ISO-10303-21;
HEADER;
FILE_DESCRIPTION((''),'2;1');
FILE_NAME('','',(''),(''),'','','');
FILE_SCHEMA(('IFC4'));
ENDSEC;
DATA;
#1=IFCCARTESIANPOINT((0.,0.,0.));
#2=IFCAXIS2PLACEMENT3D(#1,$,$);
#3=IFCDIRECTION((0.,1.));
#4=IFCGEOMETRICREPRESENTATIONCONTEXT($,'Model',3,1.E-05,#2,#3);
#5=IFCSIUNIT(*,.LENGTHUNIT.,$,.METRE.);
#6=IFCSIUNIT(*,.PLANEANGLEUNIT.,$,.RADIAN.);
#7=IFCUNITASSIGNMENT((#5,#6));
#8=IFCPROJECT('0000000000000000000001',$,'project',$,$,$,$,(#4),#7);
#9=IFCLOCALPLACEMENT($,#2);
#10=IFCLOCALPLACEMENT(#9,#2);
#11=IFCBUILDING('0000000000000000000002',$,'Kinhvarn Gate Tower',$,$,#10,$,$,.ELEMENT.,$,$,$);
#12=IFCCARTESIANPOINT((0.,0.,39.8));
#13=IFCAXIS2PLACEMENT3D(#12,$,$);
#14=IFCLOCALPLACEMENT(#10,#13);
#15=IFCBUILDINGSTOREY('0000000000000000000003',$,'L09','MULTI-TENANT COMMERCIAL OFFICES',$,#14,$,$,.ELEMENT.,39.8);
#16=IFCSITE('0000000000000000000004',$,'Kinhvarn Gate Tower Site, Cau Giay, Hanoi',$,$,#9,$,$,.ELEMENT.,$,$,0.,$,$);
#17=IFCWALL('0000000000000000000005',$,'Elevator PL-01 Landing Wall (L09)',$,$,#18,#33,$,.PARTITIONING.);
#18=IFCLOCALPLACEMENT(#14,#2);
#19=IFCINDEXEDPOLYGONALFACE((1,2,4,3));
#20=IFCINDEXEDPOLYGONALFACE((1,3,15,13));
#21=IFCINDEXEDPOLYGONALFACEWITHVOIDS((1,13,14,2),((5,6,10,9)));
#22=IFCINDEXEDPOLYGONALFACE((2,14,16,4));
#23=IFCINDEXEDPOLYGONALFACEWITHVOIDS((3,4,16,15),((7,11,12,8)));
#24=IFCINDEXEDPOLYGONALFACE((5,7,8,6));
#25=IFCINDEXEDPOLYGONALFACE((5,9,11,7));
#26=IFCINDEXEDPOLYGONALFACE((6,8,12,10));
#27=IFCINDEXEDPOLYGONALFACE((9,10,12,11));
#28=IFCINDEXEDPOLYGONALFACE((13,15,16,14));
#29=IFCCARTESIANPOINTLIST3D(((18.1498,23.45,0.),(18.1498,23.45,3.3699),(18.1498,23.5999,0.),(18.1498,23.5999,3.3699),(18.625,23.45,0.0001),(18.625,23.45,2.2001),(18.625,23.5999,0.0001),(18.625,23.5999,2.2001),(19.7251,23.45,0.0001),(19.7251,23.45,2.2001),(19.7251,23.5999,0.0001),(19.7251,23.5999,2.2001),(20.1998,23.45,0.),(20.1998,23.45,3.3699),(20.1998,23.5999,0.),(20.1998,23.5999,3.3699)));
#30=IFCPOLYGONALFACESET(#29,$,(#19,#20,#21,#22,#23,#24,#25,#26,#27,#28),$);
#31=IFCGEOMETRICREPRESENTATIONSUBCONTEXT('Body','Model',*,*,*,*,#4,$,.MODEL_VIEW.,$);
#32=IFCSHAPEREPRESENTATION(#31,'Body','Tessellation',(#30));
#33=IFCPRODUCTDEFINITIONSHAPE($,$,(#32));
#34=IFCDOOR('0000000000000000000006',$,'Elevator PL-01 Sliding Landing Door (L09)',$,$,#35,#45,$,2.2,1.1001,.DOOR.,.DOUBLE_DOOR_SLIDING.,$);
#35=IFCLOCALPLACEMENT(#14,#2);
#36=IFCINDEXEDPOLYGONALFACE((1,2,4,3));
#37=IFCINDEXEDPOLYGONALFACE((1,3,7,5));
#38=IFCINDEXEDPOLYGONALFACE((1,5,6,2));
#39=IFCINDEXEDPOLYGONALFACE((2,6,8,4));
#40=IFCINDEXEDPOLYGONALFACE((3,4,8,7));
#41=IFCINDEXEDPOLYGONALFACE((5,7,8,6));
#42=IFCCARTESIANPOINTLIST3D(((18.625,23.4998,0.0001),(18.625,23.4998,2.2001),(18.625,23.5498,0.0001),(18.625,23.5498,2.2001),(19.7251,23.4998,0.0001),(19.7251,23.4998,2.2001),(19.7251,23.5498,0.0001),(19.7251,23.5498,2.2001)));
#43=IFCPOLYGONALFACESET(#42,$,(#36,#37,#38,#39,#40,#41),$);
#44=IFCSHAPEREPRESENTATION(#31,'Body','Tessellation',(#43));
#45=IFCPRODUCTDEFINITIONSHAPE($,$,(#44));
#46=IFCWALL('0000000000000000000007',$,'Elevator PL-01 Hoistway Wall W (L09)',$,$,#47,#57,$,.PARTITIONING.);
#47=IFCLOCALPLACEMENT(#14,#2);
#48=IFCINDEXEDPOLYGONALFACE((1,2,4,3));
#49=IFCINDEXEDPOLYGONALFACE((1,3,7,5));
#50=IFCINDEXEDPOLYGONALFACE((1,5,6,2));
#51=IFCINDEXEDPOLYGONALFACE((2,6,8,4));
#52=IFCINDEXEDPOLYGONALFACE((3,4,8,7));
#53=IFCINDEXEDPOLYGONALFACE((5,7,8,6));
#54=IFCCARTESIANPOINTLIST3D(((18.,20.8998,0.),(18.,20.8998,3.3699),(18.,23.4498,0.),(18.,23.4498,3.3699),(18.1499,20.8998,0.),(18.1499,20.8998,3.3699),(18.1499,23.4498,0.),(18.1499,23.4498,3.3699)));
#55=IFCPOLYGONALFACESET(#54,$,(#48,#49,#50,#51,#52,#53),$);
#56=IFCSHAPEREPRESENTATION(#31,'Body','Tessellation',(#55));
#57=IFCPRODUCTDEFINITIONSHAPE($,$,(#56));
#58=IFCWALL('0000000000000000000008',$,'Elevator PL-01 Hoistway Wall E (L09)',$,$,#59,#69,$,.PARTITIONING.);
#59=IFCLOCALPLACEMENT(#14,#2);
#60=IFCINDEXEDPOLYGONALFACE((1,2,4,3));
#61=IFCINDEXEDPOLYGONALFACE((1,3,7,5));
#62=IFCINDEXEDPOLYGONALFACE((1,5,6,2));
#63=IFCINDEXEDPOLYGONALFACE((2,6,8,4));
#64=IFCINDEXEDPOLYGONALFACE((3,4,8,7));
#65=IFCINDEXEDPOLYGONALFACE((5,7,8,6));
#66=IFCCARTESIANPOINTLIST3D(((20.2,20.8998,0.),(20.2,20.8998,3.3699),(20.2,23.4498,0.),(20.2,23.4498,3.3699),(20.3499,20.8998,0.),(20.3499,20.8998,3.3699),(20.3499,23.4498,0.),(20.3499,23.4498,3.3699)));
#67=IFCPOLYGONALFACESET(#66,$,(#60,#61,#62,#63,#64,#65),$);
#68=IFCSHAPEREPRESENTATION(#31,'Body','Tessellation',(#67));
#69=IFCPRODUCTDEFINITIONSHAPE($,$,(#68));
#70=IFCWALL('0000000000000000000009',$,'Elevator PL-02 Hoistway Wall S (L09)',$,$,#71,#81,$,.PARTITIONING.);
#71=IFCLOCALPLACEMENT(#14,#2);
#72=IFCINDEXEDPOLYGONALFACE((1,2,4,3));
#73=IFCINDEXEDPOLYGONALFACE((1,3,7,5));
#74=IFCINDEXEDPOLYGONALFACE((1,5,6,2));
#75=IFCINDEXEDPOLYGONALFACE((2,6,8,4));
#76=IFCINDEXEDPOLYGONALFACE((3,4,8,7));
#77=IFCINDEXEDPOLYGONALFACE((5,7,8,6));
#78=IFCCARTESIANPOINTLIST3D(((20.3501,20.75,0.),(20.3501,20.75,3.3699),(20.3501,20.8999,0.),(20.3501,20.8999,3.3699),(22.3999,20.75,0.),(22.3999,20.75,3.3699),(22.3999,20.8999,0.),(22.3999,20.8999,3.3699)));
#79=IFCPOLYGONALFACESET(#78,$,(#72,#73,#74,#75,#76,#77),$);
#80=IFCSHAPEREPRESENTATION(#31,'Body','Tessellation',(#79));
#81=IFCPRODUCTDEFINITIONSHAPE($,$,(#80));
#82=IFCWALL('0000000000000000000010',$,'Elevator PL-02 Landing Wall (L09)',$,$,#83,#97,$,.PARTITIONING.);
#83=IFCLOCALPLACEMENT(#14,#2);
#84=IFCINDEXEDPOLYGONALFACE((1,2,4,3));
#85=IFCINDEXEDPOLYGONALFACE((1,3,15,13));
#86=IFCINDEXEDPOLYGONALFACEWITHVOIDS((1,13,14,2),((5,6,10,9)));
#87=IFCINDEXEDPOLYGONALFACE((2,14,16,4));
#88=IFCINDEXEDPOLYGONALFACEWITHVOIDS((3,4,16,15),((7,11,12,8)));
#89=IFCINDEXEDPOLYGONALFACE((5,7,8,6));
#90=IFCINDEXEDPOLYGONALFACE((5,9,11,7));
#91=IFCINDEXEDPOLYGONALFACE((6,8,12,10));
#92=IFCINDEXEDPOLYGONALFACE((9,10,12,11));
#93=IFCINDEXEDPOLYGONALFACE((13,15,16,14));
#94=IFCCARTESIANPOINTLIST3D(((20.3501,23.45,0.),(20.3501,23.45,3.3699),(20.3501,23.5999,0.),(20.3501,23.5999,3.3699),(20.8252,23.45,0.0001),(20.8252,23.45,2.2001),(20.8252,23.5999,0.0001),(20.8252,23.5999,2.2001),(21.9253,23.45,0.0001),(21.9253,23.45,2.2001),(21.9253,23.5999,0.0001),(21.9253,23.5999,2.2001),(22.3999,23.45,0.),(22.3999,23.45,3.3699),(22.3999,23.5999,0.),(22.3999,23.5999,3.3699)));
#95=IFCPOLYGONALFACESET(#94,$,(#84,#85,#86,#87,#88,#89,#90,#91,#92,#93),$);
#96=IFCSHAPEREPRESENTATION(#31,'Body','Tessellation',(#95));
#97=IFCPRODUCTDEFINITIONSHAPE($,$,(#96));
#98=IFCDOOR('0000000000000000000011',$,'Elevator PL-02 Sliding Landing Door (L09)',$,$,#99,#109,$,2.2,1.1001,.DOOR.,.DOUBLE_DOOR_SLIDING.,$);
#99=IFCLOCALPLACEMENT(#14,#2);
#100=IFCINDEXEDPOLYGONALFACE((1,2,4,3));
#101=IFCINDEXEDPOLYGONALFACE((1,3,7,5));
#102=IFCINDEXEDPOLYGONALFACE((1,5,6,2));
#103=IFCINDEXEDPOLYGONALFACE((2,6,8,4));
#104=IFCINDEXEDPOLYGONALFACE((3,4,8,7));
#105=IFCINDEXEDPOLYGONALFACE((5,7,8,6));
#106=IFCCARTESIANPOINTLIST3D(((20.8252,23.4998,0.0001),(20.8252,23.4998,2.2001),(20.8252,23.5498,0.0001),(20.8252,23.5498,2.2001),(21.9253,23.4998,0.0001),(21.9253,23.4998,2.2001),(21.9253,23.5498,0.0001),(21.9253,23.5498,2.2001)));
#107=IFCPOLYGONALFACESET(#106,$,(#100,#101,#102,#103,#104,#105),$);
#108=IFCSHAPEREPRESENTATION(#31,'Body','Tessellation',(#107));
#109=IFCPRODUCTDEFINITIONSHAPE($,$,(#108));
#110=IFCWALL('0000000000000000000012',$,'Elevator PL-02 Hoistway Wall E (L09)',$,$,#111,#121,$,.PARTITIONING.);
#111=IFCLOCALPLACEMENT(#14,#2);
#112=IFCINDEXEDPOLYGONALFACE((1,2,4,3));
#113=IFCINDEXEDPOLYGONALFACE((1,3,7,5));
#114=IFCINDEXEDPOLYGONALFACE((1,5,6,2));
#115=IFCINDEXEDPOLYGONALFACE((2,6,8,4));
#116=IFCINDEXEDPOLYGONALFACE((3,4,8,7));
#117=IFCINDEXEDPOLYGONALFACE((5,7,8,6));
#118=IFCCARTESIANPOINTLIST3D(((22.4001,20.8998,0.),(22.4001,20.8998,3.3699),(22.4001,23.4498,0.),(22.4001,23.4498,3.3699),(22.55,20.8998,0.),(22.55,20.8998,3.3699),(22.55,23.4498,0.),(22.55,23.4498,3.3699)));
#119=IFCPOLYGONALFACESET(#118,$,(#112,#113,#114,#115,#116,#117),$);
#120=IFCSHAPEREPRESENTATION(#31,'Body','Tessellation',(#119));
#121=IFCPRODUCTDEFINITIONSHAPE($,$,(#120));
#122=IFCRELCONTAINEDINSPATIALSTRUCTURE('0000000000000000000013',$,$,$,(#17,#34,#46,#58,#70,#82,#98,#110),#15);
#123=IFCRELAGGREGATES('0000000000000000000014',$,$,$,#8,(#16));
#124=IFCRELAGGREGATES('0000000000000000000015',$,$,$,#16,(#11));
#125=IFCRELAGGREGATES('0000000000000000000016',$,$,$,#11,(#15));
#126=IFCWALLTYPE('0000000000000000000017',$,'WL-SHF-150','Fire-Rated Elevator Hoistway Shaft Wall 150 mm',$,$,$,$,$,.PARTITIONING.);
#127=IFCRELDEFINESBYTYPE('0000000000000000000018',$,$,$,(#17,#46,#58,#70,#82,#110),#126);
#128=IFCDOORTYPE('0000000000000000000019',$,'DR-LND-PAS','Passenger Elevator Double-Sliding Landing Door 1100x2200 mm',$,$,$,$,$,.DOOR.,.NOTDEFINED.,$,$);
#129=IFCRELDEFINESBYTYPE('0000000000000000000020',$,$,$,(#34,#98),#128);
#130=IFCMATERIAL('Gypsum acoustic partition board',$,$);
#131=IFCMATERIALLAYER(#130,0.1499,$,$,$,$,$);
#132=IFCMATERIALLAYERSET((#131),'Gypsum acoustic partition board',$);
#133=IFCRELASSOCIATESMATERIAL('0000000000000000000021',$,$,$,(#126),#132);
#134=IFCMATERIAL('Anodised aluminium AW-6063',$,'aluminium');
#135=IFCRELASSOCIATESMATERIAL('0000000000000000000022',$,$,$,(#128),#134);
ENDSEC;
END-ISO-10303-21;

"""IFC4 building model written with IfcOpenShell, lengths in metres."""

from ifc_helpers import new_model, si_unit, direction, frame, frame_2d, origin, place, context, subcontext, project, spatial, rectangle, extrude, material, layer, layer_set, type_object, element, fill, save


model = new_model("IFC4")

# Units and contexts
model_context = context("Model", 3, precision=1e-05, world=origin(), true_north=direction((0.0, 1.0)))
body_context = subcontext(model_context, "Body", "Model", "MODEL_VIEW")
ifc_project = project(units=[si_unit("LENGTHUNIT", "METRE"), si_unit("PLANEANGLEUNIT", "RADIAN")], contexts=[model_context])

# Site, building, storey
site_placement = place(None, origin())
site = spatial("IfcSite", under=ifc_project, at=site_placement, Name="Kinhvarn Gate Tower Site, Cau Giay, Hanoi", CompositionType="ELEMENT", RefElevation=0.0)
building_placement = place(site_placement, origin())
building = spatial("IfcBuilding", under=site, at=building_placement, Name="Kinhvarn Gate Tower", CompositionType="ELEMENT")
storey_placement = place(building_placement, frame((0.0, 0.0, 39.8)))
storey = spatial("IfcBuildingStorey", under=building, at=storey_placement, Name="L09", Description="MULTI-TENANT COMMERCIAL OFFICES", CompositionType="ELEMENT", Elevation=39.8)

# Shared definitions
ifc_material_1 = material(Name="Gypsum acoustic partition board")

# Shared definitions
ifc_material_2 = material(Name="Anodised aluminium AW-6063", Category="aluminium")

# Shared definitions
ifc_layer_1 = layer(ifc_material_1, 0.1499)
ifc_layer_set_1 = layer_set([ifc_layer_1], Name="Gypsum acoustic partition board")
wall_type_1 = type_object("IfcWallType", Name="WL-SHF-150", Description="Fire-Rated Elevator Hoistway Shaft Wall 150 mm", PredefinedType="PARTITIONING", material=ifc_layer_set_1)

# Wall, opening, door
wall_1_placement = place(storey_placement, frame((18.1499, 23.5249, 0.0), z_axis=(0.0, 0.0, 1.0), x_axis=(1.0, 0.0, 0.0)))
wall_1 = element("IfcWall", 1, at=wall_1_placement, inside=storey, type_object=wall_type_1, Name="Elevator PL-01 Landing Wall (L09)", PredefinedType="PARTITIONING", context=body_context, shape_type="SweptSolid", body=[
    extrude(rectangle(XDim=2.05, YDim=0.1499, at=frame_2d((1.0249, 0.0))), origin(), (0.0, 0.0, 1.0), 3.3699),
])
opening_1_placement = place(wall_1_placement, frame((0.4751, 0.0, 0.0)))
opening_1 = element("IfcOpeningElement", 2, at=opening_1_placement, cuts=wall_1, PredefinedType="OPENING", context=body_context, shape_type="SweptSolid", body=[
    extrude(rectangle(XDim=1.1001, YDim=2.2, at=frame_2d((0.55, 1.1001))), frame((0.0, 0.085, 0.0), z_axis=(0.0, -1.0, 0.0), x_axis=(1.0, 0.0, 0.0)), (0.0, 0.0, 1.0), 0.1699),
])
door_type_1 = type_object("IfcDoorType", Name="DR-LND-PAS", Description="Passenger Elevator Double-Sliding Landing Door 1100x2200 mm", OperationType="NOTDEFINED", PredefinedType="DOOR", material=ifc_material_2)
door_1_placement = place(opening_1_placement, origin())
door_1 = element("IfcDoor", 3, at=door_1_placement, inside=storey, type_object=door_type_1, Name="Elevator PL-01 Sliding Landing Door (L09)", OperationType="DOUBLE_DOOR_SLIDING", OverallHeight=2.2, OverallWidth=1.1001, PredefinedType="DOOR", context=body_context, shape_type="SweptSolid", body=[
    extrude(rectangle(XDim=1.1001, YDim=2.2, at=frame_2d((0.55, 1.1001))), frame((0.0, 0.0249, 0.0), z_axis=(0.0, -1.0, 0.0), x_axis=(1.0, 0.0, 0.0)), (0.0, 0.0, 1.0), 0.05),
])
fill(opening_1, door_1)

# Walls
for number, where, z_axis, x_axis, name in (
    (4, (18.075, 20.8999, 0.0), (0.0, 0.0, 1.0), (0.0, 1.0, 0.0), "Elevator PL-01 Hoistway Wall W (L09)"),
    (5, (20.2749, 20.8999, 0.0), (0.0, 0.0, 1.0), (0.0, 1.0, 0.0), "Elevator PL-01 Hoistway Wall E (L09)"),
):
    element("IfcWall", number, at=place(storey_placement, frame(where, z_axis=z_axis, x_axis=x_axis)), inside=storey, type_object=wall_type_1, Name=name, PredefinedType="PARTITIONING", context=body_context, shape_type="SweptSolid", body=[
        extrude(rectangle(XDim=2.55, YDim=0.1499, at=frame_2d((1.2749, 0.0))), origin(), (0.0, 0.0, 1.0), 3.3699),
    ])
wall_2_placement = place(storey_placement, frame((20.3501, 20.825, 0.0), z_axis=(0.0, 0.0, 1.0), x_axis=(1.0, 0.0, 0.0)))
element("IfcWall", 6, at=wall_2_placement, inside=storey, type_object=wall_type_1, Name="Elevator PL-02 Hoistway Wall S (L09)", PredefinedType="PARTITIONING", context=body_context, shape_type="SweptSolid", body=[
    extrude(rectangle(XDim=2.0498, YDim=0.1499, at=frame_2d((1.0249, 0.0))), origin(), (0.0, 0.0, 1.0), 3.3699),
])

# Wall, opening, door
wall_3_placement = place(storey_placement, frame((20.3501, 23.5249, 0.0), z_axis=(0.0, 0.0, 1.0), x_axis=(1.0, 0.0, 0.0)))
wall_3 = element("IfcWall", 7, at=wall_3_placement, inside=storey, type_object=wall_type_1, Name="Elevator PL-02 Landing Wall (L09)", PredefinedType="PARTITIONING", context=body_context, shape_type="SweptSolid", body=[
    extrude(rectangle(XDim=2.0498, YDim=0.1499, at=frame_2d((1.0249, 0.0))), origin(), (0.0, 0.0, 1.0), 3.3699),
])
opening_2_placement = place(wall_3_placement, frame((0.4751, 0.0, 0.0)))
opening_2 = element("IfcOpeningElement", 8, at=opening_2_placement, cuts=wall_3, PredefinedType="OPENING", context=body_context, shape_type="SweptSolid", body=[
    extrude(rectangle(XDim=1.1001, YDim=2.2, at=frame_2d((0.55, 1.1001))), frame((0.0, 0.085, 0.0), z_axis=(0.0, -1.0, 0.0), x_axis=(1.0, 0.0, 0.0)), (0.0, 0.0, 1.0), 0.1699),
])
door_2_placement = place(opening_2_placement, origin())
door_2 = element("IfcDoor", 9, at=door_2_placement, inside=storey, type_object=door_type_1, Name="Elevator PL-02 Sliding Landing Door (L09)", OperationType="DOUBLE_DOOR_SLIDING", OverallHeight=2.2, OverallWidth=1.1001, PredefinedType="DOOR", context=body_context, shape_type="SweptSolid", body=[
    extrude(rectangle(XDim=1.1001, YDim=2.2, at=frame_2d((0.55, 1.1001))), frame((0.0, 0.0249, 0.0), z_axis=(0.0, -1.0, 0.0), x_axis=(1.0, 0.0, 0.0)), (0.0, 0.0, 1.0), 0.05),
])
fill(opening_2, door_2)

# Wall
wall_4_placement = place(storey_placement, frame((22.4751, 20.8999, 0.0), z_axis=(0.0, 0.0, 1.0), x_axis=(0.0, 1.0, 0.0)))
element("IfcWall", 10, at=wall_4_placement, inside=storey, type_object=wall_type_1, Name="Elevator PL-02 Hoistway Wall E (L09)", PredefinedType="PARTITIONING", context=body_context, shape_type="SweptSolid", body=[
    extrude(rectangle(XDim=2.55, YDim=0.1499, at=frame_2d((1.2749, 0.0))), origin(), (0.0, 0.0, 1.0), 3.3699),
])

save(model, "model.ifc")
